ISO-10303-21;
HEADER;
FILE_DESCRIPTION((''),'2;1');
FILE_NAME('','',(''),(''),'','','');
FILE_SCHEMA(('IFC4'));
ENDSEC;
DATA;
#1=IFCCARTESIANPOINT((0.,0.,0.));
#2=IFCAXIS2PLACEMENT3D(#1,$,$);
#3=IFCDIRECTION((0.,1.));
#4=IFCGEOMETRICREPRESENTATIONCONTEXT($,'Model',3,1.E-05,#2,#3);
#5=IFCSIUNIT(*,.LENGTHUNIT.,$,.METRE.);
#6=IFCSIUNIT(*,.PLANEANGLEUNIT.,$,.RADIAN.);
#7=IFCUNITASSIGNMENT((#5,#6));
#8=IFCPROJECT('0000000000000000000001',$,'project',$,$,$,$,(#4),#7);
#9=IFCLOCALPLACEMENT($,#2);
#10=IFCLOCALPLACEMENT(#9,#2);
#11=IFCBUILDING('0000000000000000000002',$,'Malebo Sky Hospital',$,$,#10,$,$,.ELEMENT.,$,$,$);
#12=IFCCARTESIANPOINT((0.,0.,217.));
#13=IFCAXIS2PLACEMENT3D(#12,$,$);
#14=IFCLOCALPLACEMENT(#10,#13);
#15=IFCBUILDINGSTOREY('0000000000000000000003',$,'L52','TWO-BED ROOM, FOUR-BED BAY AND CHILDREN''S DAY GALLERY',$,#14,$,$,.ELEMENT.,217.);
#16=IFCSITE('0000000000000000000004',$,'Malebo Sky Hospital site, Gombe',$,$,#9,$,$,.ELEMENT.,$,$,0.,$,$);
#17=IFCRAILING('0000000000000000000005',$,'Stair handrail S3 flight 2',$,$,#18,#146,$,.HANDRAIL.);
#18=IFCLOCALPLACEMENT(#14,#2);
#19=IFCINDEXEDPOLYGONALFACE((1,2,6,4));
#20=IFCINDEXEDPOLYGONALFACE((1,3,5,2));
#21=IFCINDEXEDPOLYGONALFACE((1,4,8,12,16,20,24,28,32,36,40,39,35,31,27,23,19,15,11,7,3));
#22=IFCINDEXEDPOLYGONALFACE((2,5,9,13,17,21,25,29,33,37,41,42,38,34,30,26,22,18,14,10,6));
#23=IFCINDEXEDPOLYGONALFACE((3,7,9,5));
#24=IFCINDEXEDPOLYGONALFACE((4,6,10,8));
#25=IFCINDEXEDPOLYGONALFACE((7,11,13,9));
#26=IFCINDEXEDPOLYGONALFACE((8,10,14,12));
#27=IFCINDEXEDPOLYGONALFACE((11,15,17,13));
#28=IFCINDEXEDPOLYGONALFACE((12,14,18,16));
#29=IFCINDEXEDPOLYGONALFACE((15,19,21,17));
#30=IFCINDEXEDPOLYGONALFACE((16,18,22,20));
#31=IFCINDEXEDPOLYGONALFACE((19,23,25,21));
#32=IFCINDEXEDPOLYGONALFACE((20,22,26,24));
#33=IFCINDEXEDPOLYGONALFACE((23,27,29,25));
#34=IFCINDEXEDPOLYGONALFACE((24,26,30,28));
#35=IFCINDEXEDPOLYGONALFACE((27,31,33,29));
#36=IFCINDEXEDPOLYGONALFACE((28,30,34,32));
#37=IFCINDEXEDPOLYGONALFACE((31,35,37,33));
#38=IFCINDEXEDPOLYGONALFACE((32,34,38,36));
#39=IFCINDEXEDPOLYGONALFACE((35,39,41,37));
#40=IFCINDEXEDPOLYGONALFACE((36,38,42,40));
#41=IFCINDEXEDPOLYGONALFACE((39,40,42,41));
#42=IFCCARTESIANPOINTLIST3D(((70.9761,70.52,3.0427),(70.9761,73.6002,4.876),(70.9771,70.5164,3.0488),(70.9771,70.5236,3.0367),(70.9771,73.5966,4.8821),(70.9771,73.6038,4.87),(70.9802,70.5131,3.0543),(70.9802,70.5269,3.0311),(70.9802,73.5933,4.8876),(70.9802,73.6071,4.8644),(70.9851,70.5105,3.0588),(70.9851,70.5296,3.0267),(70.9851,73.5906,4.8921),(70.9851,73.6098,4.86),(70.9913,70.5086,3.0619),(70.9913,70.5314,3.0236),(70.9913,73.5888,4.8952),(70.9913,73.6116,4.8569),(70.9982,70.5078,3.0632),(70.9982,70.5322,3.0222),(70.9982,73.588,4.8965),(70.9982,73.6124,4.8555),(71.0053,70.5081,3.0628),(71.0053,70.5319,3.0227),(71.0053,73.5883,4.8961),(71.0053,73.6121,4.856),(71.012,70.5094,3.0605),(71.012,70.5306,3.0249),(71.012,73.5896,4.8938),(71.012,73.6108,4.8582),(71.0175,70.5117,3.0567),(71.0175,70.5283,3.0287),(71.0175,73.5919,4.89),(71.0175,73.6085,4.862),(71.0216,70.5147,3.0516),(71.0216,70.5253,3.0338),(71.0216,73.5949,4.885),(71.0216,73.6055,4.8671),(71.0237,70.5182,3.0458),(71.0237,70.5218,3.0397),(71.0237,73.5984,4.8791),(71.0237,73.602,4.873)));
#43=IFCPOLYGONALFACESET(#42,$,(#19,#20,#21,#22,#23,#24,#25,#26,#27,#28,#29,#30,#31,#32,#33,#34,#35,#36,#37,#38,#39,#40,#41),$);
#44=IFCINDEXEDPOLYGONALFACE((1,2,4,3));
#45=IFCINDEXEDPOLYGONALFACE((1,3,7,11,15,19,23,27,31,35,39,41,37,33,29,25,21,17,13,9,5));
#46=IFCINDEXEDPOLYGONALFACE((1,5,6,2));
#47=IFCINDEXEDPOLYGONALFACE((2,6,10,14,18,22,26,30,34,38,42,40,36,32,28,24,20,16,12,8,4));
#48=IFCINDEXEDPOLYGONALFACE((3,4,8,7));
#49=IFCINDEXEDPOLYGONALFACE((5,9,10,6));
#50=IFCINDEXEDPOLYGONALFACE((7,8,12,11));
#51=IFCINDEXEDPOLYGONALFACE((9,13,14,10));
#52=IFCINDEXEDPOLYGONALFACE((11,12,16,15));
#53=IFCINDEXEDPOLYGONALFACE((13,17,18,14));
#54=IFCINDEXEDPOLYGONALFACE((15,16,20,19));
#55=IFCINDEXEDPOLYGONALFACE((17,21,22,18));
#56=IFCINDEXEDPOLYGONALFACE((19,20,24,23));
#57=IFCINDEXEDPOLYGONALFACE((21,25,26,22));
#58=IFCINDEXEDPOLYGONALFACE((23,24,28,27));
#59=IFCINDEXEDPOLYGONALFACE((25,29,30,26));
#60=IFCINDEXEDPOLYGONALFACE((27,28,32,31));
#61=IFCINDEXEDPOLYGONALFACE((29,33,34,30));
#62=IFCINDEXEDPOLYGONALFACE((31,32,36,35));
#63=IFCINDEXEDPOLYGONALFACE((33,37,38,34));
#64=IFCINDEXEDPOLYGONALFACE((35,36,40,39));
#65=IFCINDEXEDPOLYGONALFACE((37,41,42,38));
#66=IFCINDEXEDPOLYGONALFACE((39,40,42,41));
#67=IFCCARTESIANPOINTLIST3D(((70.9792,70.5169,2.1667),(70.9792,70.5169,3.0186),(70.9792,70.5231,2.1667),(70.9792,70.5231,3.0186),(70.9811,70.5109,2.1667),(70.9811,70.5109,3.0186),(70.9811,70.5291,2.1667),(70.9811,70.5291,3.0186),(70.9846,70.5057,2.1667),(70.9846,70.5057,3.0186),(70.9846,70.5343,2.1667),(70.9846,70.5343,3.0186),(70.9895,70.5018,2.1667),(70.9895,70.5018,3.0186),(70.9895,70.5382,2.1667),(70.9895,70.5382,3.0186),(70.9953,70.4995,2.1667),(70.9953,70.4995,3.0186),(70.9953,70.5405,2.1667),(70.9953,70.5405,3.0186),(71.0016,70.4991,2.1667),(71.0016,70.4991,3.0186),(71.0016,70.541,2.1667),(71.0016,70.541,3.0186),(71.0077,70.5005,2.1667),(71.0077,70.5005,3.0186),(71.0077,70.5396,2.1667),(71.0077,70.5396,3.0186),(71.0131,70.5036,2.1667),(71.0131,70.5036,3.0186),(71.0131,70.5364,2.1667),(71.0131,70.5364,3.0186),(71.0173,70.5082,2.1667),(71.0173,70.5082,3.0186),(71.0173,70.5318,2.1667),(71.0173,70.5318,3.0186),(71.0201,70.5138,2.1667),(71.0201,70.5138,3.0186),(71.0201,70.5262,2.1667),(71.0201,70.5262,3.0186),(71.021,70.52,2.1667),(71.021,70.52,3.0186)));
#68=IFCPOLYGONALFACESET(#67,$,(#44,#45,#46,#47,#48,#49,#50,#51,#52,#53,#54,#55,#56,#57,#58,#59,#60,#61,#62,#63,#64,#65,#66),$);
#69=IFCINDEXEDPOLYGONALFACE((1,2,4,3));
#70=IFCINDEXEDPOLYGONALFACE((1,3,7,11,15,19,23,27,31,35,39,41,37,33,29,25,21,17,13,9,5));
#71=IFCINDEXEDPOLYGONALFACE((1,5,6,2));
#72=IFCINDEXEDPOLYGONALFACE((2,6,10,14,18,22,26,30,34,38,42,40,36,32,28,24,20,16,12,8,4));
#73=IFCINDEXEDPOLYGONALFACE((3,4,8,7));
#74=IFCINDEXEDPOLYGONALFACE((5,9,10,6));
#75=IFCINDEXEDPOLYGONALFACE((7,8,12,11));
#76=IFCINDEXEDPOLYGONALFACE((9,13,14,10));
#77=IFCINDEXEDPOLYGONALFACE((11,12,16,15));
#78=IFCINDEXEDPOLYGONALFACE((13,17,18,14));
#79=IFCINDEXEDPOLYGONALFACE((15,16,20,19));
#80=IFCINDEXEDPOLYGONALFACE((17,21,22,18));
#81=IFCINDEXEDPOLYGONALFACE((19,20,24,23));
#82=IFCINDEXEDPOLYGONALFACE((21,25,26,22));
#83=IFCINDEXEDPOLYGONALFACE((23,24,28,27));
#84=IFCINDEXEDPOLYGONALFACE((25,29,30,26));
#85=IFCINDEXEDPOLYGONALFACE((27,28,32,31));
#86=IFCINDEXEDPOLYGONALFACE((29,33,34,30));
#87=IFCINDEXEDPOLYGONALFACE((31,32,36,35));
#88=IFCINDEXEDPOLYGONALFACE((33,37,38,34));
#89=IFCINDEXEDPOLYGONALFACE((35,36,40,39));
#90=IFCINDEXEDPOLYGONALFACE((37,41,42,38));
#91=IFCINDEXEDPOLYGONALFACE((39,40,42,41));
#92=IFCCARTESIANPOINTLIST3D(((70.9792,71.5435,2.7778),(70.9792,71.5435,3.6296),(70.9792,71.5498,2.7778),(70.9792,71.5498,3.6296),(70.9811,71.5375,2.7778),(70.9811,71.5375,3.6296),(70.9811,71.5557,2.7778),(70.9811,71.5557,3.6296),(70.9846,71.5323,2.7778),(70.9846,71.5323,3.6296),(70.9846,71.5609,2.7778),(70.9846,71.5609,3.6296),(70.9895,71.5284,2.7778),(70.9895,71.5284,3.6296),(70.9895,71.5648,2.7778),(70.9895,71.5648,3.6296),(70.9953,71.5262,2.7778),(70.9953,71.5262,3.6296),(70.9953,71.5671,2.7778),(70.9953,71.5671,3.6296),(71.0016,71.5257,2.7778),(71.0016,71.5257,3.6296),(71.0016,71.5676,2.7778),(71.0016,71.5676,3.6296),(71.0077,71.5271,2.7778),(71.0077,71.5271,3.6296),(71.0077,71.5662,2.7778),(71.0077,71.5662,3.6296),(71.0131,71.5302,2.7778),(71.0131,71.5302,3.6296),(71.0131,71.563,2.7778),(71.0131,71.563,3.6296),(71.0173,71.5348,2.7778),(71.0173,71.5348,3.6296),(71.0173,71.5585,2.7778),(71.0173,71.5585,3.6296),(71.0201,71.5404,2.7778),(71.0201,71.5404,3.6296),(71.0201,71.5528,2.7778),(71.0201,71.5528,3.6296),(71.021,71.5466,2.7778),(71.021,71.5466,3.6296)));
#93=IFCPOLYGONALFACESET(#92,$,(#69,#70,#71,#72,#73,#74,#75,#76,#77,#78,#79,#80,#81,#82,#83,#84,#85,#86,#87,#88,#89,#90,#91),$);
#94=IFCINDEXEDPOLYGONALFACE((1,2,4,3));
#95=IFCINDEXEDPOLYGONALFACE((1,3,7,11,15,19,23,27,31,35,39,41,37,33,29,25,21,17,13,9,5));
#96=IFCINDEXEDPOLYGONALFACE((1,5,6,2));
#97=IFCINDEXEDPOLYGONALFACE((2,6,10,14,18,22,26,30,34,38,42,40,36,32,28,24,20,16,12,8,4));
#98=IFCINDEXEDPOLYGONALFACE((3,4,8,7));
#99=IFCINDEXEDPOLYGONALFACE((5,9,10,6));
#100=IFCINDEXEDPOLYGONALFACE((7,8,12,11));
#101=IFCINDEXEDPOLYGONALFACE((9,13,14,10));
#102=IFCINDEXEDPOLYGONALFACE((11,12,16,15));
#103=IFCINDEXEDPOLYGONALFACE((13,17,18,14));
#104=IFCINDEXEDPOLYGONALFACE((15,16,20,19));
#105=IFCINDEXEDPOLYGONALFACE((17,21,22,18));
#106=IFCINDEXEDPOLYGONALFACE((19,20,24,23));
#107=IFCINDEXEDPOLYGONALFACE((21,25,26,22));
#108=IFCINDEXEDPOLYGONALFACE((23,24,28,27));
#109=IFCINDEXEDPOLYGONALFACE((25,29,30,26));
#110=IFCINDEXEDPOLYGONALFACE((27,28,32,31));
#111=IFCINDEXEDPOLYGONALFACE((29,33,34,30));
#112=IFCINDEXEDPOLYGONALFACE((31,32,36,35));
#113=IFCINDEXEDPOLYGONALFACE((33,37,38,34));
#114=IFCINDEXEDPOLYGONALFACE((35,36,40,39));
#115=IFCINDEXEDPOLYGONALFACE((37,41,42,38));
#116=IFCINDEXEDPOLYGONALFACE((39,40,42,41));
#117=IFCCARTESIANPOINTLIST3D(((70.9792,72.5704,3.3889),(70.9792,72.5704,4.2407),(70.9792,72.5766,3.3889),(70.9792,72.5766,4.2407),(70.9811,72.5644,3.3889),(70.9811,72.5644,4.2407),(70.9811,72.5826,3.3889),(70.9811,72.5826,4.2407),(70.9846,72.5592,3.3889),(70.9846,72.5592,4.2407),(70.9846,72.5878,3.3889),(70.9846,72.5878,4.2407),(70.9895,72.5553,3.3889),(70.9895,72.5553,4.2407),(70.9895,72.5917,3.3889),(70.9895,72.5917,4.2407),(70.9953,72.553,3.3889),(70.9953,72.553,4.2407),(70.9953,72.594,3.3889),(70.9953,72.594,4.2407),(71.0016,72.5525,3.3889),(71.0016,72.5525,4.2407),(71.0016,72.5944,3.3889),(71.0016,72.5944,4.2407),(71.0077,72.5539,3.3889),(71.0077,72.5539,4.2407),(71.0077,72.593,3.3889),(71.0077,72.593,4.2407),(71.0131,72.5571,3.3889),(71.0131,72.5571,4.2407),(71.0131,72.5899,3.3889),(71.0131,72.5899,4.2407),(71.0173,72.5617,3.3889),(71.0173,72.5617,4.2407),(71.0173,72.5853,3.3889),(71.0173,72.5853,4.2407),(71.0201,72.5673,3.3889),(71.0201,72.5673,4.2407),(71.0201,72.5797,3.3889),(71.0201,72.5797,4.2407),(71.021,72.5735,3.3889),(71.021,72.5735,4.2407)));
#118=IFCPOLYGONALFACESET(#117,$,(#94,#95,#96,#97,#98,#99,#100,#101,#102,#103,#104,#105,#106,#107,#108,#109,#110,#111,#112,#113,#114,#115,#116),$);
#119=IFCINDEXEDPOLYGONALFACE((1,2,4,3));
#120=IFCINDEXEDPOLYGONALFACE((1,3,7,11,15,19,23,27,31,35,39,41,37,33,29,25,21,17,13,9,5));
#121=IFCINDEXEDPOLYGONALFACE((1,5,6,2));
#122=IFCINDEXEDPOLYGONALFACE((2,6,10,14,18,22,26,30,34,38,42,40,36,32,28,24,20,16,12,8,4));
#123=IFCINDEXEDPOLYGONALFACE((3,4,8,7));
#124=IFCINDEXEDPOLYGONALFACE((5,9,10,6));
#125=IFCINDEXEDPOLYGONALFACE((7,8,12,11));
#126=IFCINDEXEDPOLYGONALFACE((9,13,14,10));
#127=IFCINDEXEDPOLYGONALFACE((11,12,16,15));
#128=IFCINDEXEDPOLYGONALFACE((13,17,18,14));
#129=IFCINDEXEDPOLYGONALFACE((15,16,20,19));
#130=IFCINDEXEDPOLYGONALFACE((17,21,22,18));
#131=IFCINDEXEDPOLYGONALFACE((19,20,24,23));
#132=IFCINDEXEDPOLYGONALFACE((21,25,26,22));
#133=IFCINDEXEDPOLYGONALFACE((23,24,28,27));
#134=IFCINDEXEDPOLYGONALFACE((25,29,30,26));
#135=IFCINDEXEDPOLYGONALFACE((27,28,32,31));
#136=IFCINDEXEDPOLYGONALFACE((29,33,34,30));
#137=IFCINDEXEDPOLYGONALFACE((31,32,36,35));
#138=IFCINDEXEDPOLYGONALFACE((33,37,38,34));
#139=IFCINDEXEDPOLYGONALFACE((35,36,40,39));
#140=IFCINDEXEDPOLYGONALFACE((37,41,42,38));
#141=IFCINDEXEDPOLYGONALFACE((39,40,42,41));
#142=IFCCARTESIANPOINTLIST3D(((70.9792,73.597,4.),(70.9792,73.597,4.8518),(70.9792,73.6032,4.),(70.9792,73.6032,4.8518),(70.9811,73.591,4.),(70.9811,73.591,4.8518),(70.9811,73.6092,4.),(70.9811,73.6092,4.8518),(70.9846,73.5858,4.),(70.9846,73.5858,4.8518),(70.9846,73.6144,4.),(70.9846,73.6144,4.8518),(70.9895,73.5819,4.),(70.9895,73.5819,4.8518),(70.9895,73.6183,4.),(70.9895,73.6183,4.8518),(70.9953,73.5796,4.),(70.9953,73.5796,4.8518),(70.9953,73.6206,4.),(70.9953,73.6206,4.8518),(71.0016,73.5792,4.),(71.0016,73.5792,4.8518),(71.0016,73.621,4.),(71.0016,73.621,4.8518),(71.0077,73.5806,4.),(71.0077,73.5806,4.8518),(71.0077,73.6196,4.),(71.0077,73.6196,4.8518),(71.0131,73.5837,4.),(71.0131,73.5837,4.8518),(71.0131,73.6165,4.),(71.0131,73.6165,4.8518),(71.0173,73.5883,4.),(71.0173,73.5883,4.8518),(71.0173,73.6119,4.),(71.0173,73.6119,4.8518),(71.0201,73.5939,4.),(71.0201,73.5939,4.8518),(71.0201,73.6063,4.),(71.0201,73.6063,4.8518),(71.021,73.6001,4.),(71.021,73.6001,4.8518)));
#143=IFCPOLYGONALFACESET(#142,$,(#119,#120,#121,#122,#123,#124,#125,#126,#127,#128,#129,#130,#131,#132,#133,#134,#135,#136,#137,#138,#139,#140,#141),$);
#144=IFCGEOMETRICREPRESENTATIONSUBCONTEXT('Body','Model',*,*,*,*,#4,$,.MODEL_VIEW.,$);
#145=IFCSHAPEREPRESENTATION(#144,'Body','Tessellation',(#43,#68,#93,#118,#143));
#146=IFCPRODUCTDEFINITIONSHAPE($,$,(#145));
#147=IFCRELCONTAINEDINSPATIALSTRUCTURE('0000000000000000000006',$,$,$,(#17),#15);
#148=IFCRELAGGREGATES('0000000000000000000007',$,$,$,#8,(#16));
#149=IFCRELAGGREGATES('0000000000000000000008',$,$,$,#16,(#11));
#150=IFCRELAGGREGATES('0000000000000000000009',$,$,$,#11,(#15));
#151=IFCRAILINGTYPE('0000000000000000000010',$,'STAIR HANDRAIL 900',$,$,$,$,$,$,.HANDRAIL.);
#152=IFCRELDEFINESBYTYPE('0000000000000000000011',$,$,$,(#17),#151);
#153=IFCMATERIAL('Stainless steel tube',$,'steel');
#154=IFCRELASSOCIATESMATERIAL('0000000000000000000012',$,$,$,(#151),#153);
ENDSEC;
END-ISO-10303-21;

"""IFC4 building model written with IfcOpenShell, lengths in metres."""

from ifc_helpers import new_model, si_unit, direction, frame, origin, origin_2d, place, context, subcontext, project, spatial, circle, extrude, material, type_object, element, save


model = new_model("IFC4")

# Units and contexts
model_context = context("Model", 3, precision=1e-05, world=origin(), true_north=direction((0.0, 1.0)))
body_context = subcontext(model_context, "Body", "Model", "MODEL_VIEW")
ifc_project = project(units=[si_unit("LENGTHUNIT", "METRE"), si_unit("PLANEANGLEUNIT", "RADIAN")], contexts=[model_context])

# Site, building, storey
site_placement = place(None, origin())
site = spatial("IfcSite", under=ifc_project, at=site_placement, Name="Malebo Sky Hospital site, Gombe", CompositionType="ELEMENT", RefElevation=0.0)
building_placement = place(site_placement, origin())
building = spatial("IfcBuilding", under=site, at=building_placement, Name="Malebo Sky Hospital", CompositionType="ELEMENT")
storey_placement = place(building_placement, frame((0.0, 0.0, 217.0)))
storey = spatial("IfcBuildingStorey", under=building, at=storey_placement, Name="L52", Description="TWO-BED ROOM, FOUR-BED BAY AND CHILDREN'S DAY GALLERY", CompositionType="ELEMENT", Elevation=217.0)

# Railing
ifc_material_1 = material(Name="Stainless steel tube", Category="steel")
railing_type = type_object("IfcRailingType", Name="STAIR HANDRAIL 900", PredefinedType="HANDRAIL", material=ifc_material_1)
railing_1_placement = place(storey_placement, frame((71.0, 70.52, 2.1667)))
element("IfcRailing", 1, at=railing_1_placement, inside=storey, type_object=railing_type, Name="Stair handrail S3 flight 2", PredefinedType="HANDRAIL", context=body_context, shape_type="SweptSolid", body=[
    extrude(circle(Radius=0.0239, at=origin_2d()), frame((0.0, 0.0, 0.876), z_axis=(0.0, 0.859309, 0.511458), x_axis=(-1.0, 0.0, 0.0)), (0.0, 0.0, 1.0), 3.5845),
    extrude(circle(Radius=0.021, at=origin_2d()), origin(), (0.0, 0.0, 1.0), 0.8518),
    extrude(circle(Radius=0.021, at=origin_2d()), frame((0.0, 1.0266, 0.6111)), (0.0, 0.0, 1.0), 0.8518),
    extrude(circle(Radius=0.021, at=origin_2d()), frame((0.0, 2.0535, 1.2222)), (0.0, 0.0, 1.0), 0.8518),
    extrude(circle(Radius=0.021, at=origin_2d()), frame((0.0, 3.0801, 1.8333)), (0.0, 0.0, 1.0), 0.8518),
])

save(model, "model.ifc")
